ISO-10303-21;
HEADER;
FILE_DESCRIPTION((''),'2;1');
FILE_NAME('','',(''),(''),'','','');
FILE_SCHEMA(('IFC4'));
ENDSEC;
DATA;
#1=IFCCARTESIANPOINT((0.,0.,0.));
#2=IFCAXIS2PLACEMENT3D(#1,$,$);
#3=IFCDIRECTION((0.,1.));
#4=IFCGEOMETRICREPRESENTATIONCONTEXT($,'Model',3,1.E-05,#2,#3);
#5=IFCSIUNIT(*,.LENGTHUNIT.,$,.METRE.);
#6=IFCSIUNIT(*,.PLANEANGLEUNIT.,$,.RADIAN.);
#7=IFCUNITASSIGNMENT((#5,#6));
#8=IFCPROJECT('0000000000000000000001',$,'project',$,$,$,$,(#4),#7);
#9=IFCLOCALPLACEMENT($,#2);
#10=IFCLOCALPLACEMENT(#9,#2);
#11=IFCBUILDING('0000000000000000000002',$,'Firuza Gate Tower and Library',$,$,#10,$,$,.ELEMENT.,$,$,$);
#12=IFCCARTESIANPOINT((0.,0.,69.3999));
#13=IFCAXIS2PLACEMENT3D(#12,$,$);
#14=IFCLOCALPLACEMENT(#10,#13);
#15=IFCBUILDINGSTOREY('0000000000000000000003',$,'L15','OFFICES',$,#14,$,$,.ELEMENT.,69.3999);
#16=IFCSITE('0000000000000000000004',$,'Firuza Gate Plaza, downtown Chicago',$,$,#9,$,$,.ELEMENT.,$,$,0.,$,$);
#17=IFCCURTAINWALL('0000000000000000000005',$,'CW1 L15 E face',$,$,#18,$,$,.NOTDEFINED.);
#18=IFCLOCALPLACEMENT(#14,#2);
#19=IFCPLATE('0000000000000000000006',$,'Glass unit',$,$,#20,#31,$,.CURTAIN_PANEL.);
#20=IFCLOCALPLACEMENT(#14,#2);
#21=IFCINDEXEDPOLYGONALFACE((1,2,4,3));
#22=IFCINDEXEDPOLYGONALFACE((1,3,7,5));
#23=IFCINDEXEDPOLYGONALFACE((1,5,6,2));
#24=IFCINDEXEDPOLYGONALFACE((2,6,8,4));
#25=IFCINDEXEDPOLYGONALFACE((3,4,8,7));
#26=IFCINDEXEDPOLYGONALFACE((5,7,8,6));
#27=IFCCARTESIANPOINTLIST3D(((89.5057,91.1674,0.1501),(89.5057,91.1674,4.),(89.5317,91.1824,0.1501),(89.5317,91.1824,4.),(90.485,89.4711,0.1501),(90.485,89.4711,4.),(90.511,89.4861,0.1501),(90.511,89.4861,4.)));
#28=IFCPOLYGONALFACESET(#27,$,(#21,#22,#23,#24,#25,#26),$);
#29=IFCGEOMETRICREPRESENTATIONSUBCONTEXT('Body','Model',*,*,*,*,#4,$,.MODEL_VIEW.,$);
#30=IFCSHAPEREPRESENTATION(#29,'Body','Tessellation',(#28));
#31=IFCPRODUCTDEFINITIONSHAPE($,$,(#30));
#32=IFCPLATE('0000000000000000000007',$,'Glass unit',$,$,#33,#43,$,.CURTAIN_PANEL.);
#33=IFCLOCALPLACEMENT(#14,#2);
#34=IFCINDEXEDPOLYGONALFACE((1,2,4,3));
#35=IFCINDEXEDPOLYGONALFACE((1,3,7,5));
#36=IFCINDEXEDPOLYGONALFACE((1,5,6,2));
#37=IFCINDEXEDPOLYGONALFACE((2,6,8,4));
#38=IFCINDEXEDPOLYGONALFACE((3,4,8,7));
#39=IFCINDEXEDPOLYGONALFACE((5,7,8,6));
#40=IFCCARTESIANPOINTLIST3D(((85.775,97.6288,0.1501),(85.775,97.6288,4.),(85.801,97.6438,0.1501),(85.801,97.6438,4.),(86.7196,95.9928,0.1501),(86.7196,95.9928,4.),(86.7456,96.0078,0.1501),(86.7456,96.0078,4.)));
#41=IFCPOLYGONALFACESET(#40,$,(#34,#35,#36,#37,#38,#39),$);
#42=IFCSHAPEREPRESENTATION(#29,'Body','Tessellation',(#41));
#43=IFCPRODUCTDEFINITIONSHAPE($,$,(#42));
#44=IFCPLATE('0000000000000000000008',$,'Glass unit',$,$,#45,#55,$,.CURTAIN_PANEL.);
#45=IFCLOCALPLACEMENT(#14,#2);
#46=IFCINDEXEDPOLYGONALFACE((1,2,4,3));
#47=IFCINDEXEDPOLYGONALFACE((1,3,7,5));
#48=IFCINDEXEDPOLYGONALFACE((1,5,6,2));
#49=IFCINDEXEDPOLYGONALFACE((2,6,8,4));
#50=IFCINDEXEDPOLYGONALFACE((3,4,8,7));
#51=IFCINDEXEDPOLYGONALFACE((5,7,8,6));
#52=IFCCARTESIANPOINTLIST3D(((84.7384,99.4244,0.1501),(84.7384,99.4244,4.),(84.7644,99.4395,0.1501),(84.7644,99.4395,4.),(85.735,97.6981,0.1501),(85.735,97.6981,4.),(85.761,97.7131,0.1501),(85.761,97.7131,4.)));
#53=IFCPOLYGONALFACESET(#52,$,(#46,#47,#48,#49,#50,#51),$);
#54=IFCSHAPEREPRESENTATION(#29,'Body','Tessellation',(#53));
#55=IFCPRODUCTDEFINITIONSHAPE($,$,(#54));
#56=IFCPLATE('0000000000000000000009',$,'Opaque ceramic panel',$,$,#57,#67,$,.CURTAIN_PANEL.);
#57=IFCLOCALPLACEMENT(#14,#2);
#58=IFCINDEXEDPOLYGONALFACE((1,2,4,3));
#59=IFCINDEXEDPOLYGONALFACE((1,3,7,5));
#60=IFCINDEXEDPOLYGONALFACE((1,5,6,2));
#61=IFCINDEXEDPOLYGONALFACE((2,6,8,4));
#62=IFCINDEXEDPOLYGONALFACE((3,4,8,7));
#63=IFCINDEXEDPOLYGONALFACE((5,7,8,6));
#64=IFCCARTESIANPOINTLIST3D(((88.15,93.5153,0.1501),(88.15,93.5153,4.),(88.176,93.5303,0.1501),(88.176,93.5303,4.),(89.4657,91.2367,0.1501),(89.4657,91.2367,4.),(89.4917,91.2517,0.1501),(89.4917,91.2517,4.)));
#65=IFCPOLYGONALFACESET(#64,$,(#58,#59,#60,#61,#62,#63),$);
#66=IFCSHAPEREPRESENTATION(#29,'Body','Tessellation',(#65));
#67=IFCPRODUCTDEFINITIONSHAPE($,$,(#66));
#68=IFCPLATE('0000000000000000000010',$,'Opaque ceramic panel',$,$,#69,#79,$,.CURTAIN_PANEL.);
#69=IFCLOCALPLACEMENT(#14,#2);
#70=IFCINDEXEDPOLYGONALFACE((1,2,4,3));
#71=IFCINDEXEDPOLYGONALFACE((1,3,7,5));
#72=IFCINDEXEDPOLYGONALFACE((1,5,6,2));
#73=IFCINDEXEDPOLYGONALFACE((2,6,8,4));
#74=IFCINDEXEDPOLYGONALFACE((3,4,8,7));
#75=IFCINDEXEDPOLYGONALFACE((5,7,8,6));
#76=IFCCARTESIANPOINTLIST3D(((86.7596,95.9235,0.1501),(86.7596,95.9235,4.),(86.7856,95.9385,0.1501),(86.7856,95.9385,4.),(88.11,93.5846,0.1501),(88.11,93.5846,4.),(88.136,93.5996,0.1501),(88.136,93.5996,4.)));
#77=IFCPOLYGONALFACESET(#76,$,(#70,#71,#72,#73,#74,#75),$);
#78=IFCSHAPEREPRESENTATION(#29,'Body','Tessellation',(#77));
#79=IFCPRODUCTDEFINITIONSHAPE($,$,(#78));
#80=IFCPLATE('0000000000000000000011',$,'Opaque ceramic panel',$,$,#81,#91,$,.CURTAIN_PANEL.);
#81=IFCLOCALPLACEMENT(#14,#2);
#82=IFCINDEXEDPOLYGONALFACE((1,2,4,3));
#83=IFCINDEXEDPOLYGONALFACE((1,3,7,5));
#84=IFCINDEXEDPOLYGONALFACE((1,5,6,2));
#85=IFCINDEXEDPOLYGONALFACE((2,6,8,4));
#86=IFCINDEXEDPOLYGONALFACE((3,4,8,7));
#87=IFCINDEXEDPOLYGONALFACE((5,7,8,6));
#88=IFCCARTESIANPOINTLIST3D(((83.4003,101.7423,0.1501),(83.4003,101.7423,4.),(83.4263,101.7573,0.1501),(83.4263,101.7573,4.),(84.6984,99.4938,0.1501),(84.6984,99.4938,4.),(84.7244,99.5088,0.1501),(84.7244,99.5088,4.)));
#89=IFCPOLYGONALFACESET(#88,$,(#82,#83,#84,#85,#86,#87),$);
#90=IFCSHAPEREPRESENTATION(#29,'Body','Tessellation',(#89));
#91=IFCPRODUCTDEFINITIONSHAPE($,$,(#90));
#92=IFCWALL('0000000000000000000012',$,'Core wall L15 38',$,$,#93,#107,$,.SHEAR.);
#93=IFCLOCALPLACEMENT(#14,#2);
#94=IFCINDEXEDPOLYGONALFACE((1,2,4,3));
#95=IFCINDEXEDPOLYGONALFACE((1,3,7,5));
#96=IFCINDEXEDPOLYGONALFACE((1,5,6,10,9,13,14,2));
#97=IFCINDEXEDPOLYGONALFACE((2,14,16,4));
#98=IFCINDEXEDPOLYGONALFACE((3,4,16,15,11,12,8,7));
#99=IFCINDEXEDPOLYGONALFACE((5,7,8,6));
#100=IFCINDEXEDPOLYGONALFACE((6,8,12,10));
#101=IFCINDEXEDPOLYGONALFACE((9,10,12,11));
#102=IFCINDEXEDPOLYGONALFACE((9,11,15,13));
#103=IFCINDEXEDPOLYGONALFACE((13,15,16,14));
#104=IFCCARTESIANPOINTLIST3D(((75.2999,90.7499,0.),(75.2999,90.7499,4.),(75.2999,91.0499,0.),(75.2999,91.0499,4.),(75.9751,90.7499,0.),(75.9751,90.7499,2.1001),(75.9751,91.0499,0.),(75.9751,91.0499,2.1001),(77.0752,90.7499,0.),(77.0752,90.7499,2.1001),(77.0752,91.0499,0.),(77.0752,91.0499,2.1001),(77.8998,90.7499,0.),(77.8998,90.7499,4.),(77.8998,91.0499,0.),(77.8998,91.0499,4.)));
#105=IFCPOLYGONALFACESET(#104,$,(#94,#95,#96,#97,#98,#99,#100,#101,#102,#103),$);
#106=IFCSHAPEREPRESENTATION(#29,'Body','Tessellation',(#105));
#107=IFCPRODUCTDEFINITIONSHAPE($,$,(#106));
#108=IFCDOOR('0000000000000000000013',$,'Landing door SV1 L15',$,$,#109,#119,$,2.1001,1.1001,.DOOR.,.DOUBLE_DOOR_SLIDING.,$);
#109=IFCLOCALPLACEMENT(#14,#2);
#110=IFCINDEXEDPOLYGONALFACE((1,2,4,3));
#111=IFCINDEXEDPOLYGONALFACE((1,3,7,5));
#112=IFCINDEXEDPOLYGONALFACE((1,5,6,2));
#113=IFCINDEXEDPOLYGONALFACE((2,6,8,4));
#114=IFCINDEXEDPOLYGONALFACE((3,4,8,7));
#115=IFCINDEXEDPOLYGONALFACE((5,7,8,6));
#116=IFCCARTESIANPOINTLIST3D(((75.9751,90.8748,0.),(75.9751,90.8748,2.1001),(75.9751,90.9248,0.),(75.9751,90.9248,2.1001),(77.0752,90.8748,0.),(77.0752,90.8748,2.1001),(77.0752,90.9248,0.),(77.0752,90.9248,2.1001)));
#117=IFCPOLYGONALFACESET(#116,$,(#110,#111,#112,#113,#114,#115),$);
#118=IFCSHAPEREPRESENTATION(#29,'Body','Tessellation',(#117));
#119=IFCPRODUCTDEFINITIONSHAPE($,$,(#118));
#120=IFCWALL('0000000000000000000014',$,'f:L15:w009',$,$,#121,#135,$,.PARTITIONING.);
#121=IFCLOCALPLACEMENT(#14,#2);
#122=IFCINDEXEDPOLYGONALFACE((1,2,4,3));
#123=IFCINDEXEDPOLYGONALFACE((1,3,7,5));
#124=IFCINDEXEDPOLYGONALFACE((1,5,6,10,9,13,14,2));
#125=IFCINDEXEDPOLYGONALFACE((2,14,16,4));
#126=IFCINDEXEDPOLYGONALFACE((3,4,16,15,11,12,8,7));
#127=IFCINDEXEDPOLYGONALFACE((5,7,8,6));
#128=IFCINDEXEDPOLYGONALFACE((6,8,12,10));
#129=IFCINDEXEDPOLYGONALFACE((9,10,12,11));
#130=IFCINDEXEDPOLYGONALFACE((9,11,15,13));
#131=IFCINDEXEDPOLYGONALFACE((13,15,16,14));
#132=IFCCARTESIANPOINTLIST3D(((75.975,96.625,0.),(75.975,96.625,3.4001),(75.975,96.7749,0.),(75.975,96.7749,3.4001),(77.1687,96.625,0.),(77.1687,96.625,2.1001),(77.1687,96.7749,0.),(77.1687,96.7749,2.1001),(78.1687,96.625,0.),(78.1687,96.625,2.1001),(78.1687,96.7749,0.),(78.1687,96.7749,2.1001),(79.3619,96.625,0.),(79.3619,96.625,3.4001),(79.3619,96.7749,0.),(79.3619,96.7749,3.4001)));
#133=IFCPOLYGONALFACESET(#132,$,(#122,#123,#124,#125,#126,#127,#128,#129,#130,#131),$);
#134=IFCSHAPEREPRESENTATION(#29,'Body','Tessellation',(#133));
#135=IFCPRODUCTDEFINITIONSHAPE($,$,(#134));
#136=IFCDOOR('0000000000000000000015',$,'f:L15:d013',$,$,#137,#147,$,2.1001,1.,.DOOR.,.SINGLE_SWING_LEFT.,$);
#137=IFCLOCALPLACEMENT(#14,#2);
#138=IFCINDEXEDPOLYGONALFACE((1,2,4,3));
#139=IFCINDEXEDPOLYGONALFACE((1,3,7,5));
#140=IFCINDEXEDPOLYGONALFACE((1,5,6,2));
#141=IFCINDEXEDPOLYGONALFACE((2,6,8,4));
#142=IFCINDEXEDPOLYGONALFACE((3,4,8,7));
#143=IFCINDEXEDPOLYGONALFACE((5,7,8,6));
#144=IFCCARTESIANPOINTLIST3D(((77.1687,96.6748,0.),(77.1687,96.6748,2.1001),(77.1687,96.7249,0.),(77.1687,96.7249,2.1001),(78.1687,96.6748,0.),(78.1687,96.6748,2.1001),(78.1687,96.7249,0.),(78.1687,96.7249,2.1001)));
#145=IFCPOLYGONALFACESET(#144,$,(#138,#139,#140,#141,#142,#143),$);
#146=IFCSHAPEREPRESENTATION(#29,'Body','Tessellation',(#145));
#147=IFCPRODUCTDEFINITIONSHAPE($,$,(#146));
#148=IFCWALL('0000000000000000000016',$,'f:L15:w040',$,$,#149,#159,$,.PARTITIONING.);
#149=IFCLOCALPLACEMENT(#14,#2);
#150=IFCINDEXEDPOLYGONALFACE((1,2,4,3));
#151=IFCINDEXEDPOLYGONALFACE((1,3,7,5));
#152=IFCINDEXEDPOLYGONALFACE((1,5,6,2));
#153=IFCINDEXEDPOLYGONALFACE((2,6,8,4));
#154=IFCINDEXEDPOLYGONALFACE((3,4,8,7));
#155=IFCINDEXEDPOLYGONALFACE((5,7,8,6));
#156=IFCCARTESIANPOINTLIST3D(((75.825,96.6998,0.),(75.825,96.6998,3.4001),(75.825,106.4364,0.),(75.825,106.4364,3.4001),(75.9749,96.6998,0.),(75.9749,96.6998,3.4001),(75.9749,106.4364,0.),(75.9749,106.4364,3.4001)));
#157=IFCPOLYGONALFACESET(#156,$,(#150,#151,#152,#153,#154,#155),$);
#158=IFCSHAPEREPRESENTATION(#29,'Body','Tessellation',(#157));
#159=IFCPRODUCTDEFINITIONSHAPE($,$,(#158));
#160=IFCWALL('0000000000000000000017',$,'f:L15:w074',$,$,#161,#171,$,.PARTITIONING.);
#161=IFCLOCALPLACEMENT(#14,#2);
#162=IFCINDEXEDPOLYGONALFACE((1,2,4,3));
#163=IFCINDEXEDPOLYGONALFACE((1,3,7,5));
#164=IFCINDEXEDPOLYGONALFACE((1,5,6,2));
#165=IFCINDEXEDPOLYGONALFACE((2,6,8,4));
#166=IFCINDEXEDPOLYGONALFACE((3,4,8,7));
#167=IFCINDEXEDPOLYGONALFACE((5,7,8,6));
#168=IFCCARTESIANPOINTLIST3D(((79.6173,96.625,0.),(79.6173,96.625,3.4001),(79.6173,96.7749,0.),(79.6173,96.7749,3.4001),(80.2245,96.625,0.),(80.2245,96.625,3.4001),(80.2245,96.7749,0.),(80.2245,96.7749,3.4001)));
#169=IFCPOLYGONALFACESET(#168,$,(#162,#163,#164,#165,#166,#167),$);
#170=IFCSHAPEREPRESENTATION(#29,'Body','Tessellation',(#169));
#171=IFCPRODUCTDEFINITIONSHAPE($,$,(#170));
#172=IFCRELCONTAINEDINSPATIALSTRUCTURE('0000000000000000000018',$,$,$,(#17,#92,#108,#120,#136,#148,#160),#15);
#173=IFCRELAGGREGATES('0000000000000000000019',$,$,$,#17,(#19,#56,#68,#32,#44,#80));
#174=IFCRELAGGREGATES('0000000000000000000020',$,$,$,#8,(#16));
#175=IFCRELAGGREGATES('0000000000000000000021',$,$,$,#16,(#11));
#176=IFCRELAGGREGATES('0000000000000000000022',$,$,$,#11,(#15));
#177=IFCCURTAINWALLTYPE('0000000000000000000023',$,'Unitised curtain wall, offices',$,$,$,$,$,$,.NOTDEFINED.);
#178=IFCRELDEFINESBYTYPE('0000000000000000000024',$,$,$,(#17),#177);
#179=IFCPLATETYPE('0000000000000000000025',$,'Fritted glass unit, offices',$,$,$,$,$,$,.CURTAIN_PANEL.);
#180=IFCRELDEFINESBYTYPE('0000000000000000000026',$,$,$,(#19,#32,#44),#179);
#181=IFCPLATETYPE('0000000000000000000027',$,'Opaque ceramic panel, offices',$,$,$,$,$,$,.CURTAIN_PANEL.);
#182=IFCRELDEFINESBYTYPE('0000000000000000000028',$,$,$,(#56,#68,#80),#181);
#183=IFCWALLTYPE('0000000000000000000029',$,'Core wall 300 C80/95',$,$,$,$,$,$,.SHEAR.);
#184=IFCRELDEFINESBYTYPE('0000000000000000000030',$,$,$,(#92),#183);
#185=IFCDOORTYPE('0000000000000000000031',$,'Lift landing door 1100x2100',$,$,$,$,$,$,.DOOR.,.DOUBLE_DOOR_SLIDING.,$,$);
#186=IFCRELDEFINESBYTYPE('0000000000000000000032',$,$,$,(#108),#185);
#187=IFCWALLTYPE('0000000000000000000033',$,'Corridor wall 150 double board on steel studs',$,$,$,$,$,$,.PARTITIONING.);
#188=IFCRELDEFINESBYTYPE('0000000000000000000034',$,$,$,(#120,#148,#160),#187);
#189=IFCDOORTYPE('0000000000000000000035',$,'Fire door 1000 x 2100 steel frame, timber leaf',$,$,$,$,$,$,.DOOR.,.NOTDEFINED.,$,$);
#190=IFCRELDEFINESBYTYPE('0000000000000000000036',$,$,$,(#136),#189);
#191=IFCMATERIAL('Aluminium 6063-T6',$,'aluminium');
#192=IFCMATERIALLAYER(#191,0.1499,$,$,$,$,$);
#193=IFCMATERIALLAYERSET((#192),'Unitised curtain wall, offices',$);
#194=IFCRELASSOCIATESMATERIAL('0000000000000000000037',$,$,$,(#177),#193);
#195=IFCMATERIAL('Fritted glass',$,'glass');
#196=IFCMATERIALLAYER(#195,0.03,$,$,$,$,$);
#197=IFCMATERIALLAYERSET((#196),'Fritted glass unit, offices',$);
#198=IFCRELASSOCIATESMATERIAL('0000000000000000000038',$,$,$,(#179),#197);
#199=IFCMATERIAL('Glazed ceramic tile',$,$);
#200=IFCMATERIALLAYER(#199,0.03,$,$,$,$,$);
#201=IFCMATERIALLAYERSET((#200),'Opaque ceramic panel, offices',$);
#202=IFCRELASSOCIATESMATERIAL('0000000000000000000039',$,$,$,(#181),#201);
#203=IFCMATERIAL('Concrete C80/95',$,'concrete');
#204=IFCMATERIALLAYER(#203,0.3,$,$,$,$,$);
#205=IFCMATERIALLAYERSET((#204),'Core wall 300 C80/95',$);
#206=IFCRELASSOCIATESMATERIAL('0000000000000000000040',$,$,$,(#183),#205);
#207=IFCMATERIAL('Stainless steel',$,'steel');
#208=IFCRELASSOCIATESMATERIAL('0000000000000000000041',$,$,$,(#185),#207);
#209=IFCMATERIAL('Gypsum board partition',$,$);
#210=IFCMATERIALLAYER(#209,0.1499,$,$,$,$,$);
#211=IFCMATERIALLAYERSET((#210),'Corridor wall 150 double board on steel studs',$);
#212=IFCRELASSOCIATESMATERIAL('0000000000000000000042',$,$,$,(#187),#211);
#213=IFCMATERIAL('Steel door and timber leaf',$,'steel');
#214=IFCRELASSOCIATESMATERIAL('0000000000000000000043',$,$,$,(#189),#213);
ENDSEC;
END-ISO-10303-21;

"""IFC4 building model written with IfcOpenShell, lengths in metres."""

from ifc_helpers import new_model, si_unit, direction, frame, frame_2d, origin, place, context, subcontext, project, spatial, polyline, rectangle, outline, extrude, material, layer, layer_set, type_object, element, fill, aggregate, save


model = new_model("IFC4")

# Units and contexts
model_context = context("Model", 3, precision=1e-05, world=origin(), true_north=direction((0.0, 1.0)))
body_context = subcontext(model_context, "Body", "Model", "MODEL_VIEW")
ifc_project = project(units=[si_unit("LENGTHUNIT", "METRE"), si_unit("PLANEANGLEUNIT", "RADIAN")], contexts=[model_context])

# Site, building, storey
site_placement = place(None, origin())
site = spatial("IfcSite", under=ifc_project, at=site_placement, Name="Firuza Gate Plaza, downtown Chicago", CompositionType="ELEMENT", RefElevation=0.0)
building_placement = place(site_placement, origin())
building = spatial("IfcBuilding", under=site, at=building_placement, Name="Firuza Gate Tower and Library", CompositionType="ELEMENT")
storey_placement = place(building_placement, frame((0.0, 0.0, 69.3999)))
storey = spatial("IfcBuildingStorey", under=building, at=storey_placement, Name="L15", Description="OFFICES", CompositionType="ELEMENT", Elevation=69.3999)

# Curtain wall
ifc_material_1 = material(Name="Aluminium 6063-T6", Category="aluminium")
ifc_layer_1 = layer(ifc_material_1, 0.1499)
ifc_layer_set_1 = layer_set([ifc_layer_1], Name="Unitised curtain wall, offices")
curtain_wall_type = type_object("IfcCurtainWallType", Name="Unitised curtain wall, offices", PredefinedType="NOTDEFINED", material=ifc_layer_set_1)
curtain_wall_placement = place(storey_placement, origin())
curtain_wall = element("IfcCurtainWall", 1, at=curtain_wall_placement, inside=storey, type_object=curtain_wall_type, Name="CW1 L15 E face", PredefinedType="NOTDEFINED")

# Plates
ifc_material_2 = material(Name="Fritted glass", Category="glass")
ifc_layer_2 = layer(ifc_material_2, 0.03)
ifc_layer_set_2 = layer_set([ifc_layer_2], Name="Fritted glass unit, offices")
plate_type_1 = type_object("IfcPlateType", Name="Fritted glass unit, offices", PredefinedType="CURTAIN_PANEL", material=ifc_layer_set_2)
plate_1_placement = place(storey_placement, frame((90.511, 89.4861, 0.1501), z_axis=(0.866049, 0.49996, 0.0), x_axis=(-0.49996, 0.866049, 0.0)))
plate_1 = element("IfcPlate", 2, at=plate_1_placement, type_object=plate_type_1, Name="Glass unit", PredefinedType="CURTAIN_PANEL", context=body_context, shape_type="SweptSolid", body=[
    extrude(outline(polyline([(0.0, 0.0), (1.9587, 0.0), (1.9587, 3.8499), (0.0, 3.8499), (0.0, 0.0)])), origin(), (0.0, 0.0, -1.0), 0.03),
])
plate_2_placement = place(storey_placement, frame((86.7456, 96.0078, 0.1501), z_axis=(0.866016, 0.500017, 0.0), x_axis=(-0.500017, 0.866016, 0.0)))
plate_2 = element("IfcPlate", 3, at=plate_2_placement, type_object=plate_type_1, Name="Glass unit", PredefinedType="CURTAIN_PANEL", context=body_context, shape_type="SweptSolid", body=[
    extrude(outline(polyline([(0.0, 0.0), (1.8891, 0.0), (1.8891, 3.8499), (0.0, 3.8499), (0.0, 0.0)])), origin(), (0.0, 0.0, -1.0), 0.03),
])
plate_3_placement = place(storey_placement, frame((85.761, 97.7131, 0.1501), z_axis=(0.866049, 0.499959, 0.0), x_axis=(-0.499959, 0.866049, 0.0)))
plate_3 = element("IfcPlate", 4, at=plate_3_placement, type_object=plate_type_1, Name="Glass unit", PredefinedType="CURTAIN_PANEL", context=body_context, shape_type="SweptSolid", body=[
    extrude(outline(polyline([(0.0, 0.0), (1.9933, 0.0), (1.9933, 3.8499), (0.0, 3.8499), (0.0, 0.0)])), origin(), (0.0, 0.0, -1.0), 0.03),
])
ifc_material_3 = material(Name="Glazed ceramic tile")
ifc_layer_3 = layer(ifc_material_3, 0.03)
ifc_layer_set_3 = layer_set([ifc_layer_3], Name="Opaque ceramic panel, offices")
plate_type_2 = type_object("IfcPlateType", Name="Opaque ceramic panel, offices", PredefinedType="CURTAIN_PANEL", material=ifc_layer_set_3)
plate_4_placement = place(storey_placement, frame((89.4917, 91.2517, 0.1501), z_axis=(0.866002, 0.500041, 0.0), x_axis=(-0.500041, 0.866002, 0.0)))
plate_4 = element("IfcPlate", 5, at=plate_4_placement, type_object=plate_type_2, Name="Opaque ceramic panel", PredefinedType="CURTAIN_PANEL", context=body_context, shape_type="SweptSolid", body=[
    extrude(outline(polyline([(0.0, 0.0), (2.6311, 0.0), (2.6311, 3.8499), (0.0, 3.8499), (0.0, 0.0)])), origin(), (0.0, 0.0, -1.0), 0.03),
])
plate_5_placement = place(storey_placement, frame((88.136, 93.5996, 0.1501), z_axis=(0.866026, 0.499999, 0.0), x_axis=(-0.499999, 0.866026, 0.0)))
plate_5 = element("IfcPlate", 6, at=plate_5_placement, type_object=plate_type_2, Name="Opaque ceramic panel", PredefinedType="CURTAIN_PANEL", context=body_context, shape_type="SweptSolid", body=[
    extrude(outline(polyline([(0.0, 0.0), (2.7007, 0.0), (2.7007, 3.8499), (0.0, 3.8499), (0.0, 0.0)])), origin(), (0.0, 0.0, -1.0), 0.03),
])
plate_6_placement = place(storey_placement, frame((84.7244, 99.5088, 0.1501), z_axis=(0.866042, 0.499972, 0.0), x_axis=(-0.499972, 0.866042, 0.0)))
plate_6 = element("IfcPlate", 7, at=plate_6_placement, type_object=plate_type_2, Name="Opaque ceramic panel", PredefinedType="CURTAIN_PANEL", context=body_context, shape_type="SweptSolid", body=[
    extrude(outline(polyline([(0.0, 0.0), (2.5963, 0.0), (2.5963, 3.8499), (0.0, 3.8499), (0.0, 0.0)])), origin(), (0.0, 0.0, -1.0), 0.03),
])
aggregate(curtain_wall, [plate_1, plate_4, plate_5, plate_2, plate_3, plate_6])

# Walls, openings, doors
ifc_material_4 = material(Name="Concrete C80/95", Category="concrete")
ifc_layer_4 = layer(ifc_material_4, 0.3)
ifc_layer_set_4 = layer_set([ifc_layer_4], Name="Core wall 300 C80/95")
wall_type_1 = type_object("IfcWallType", Name="Core wall 300 C80/95", PredefinedType="SHEAR", material=ifc_layer_set_4)
wall_1_placement = place(storey_placement, frame((75.3, 90.8999, 0.0), z_axis=(0.0, 0.0, 1.0), x_axis=(1.0, 0.0, 0.0)))
wall_1 = element("IfcWall", 8, at=wall_1_placement, inside=storey, type_object=wall_type_1, Name="Core wall L15 38", PredefinedType="SHEAR", context=body_context, shape_type="SweptSolid", body=[
    extrude(rectangle(XDim=2.5999, YDim=0.3, at=frame_2d((1.2998, 0.0))), origin(), (0.0, 0.0, 1.0), 4.0),
])
opening_1_placement = place(wall_1_placement, frame((0.675, 0.0, 0.0)))
opening_1 = element("IfcOpeningElement", 9, at=opening_1_placement, cuts=wall_1, PredefinedType="OPENING", context=body_context, shape_type="SweptSolid", body=[
    extrude(rectangle(XDim=1.1001, YDim=2.1001, at=frame_2d((0.55, 1.05))), frame((0.0, 0.1602, 0.0), z_axis=(0.0, -1.0, 0.0), x_axis=(1.0, 0.0, 0.0)), (0.0, 0.0, 1.0), 0.3201),
])
ifc_material_5 = material(Name="Stainless steel", Category="steel")
door_type_1 = type_object("IfcDoorType", Name="Lift landing door 1100x2100", OperationType="DOUBLE_DOOR_SLIDING", PredefinedType="DOOR", material=ifc_material_5)
door_1_placement = place(opening_1_placement, origin())
door_1 = element("IfcDoor", 10, at=door_1_placement, inside=storey, type_object=door_type_1, Name="Landing door SV1 L15", OperationType="DOUBLE_DOOR_SLIDING", OverallHeight=2.1001, OverallWidth=1.1001, PredefinedType="DOOR", context=body_context, shape_type="SweptSolid", body=[
    extrude(rectangle(XDim=1.1001, YDim=2.1001, at=frame_2d((0.55, 1.05))), frame((0.0, 0.0249, 0.0), z_axis=(0.0, -1.0, 0.0), x_axis=(1.0, 0.0, 0.0)), (0.0, 0.0, 1.0), 0.05),
])
fill(opening_1, door_1)
ifc_material_6 = material(Name="Gypsum board partition")
ifc_layer_5 = layer(ifc_material_6, 0.1499)
ifc_layer_set_5 = layer_set([ifc_layer_5], Name="Corridor wall 150 double board on steel studs")
wall_type_2 = type_object("IfcWallType", Name="Corridor wall 150 double board on steel studs", PredefinedType="PARTITIONING", material=ifc_layer_set_5)
wall_2_placement = place(storey_placement, frame((75.9751, 96.7, 0.0), z_axis=(0.0, 0.0, 1.0), x_axis=(1.0, 0.0, 0.0)))
wall_2 = element("IfcWall", 11, at=wall_2_placement, inside=storey, type_object=wall_type_2, Name="f:L15:w009", PredefinedType="PARTITIONING", context=body_context, shape_type="SweptSolid", body=[
    extrude(rectangle(XDim=3.387, YDim=0.1499, at=frame_2d((1.6934, 0.0))), origin(), (0.0, 0.0, 1.0), 3.4001),
])
opening_2_placement = place(wall_2_placement, frame((1.1936, 0.0, 0.0)))
opening_2 = element("IfcOpeningElement", 12, at=opening_2_placement, cuts=wall_2, PredefinedType="OPENING", context=body_context, shape_type="SweptSolid", body=[
    extrude(rectangle(XDim=1.0, YDim=2.1001, at=frame_2d((0.5, 1.05))), frame((0.0, 0.085, 0.0), z_axis=(0.0, -1.0, 0.0), x_axis=(1.0, 0.0, 0.0)), (0.0, 0.0, 1.0), 0.1699),
])
ifc_material_7 = material(Name="Steel door and timber leaf", Category="steel")
door_type_2 = type_object("IfcDoorType", Name="Fire door 1000 x 2100 steel frame, timber leaf", OperationType="NOTDEFINED", PredefinedType="DOOR", material=ifc_material_7)
door_2_placement = place(opening_2_placement, origin())
door_2 = element("IfcDoor", 13, at=door_2_placement, inside=storey, type_object=door_type_2, Name="f:L15:d013", OperationType="SINGLE_SWING_LEFT", OverallHeight=2.1001, OverallWidth=1.0, PredefinedType="DOOR", context=body_context, shape_type="SweptSolid", body=[
    extrude(rectangle(XDim=1.0, YDim=2.1001, at=frame_2d((0.5, 1.05))), frame((0.0, 0.0249, 0.0), z_axis=(0.0, -1.0, 0.0), x_axis=(1.0, 0.0, 0.0)), (0.0, 0.0, 1.0), 0.05),
])
fill(opening_2, door_2)

# Walls
wall_3_placement = place(storey_placement, frame((75.8999, 96.7, 0.0), z_axis=(0.0, 0.0, 1.0), x_axis=(0.0, 1.0, 0.0)))
element("IfcWall", 14, at=wall_3_placement, inside=storey, type_object=wall_type_2, Name="f:L15:w040", PredefinedType="PARTITIONING", context=body_context, shape_type="SweptSolid", body=[
    extrude(rectangle(XDim=9.7366, YDim=0.1499, at=frame_2d((4.8682, 0.0))), origin(), (0.0, 0.0, 1.0), 3.4001),
])
wall_4_placement = place(storey_placement, frame((79.6172, 96.7, 0.0), z_axis=(0.0, 0.0, 1.0), x_axis=(1.0, 0.0, 0.0)))
element("IfcWall", 15, at=wall_4_placement, inside=storey, type_object=wall_type_2, Name="f:L15:w074", PredefinedType="PARTITIONING", context=body_context, shape_type="SweptSolid", body=[
    extrude(rectangle(XDim=0.6072, YDim=0.1499, at=frame_2d((0.3037, 0.0))), origin(), (0.0, 0.0, 1.0), 3.4001),
])

save(model, "model.ifc")
